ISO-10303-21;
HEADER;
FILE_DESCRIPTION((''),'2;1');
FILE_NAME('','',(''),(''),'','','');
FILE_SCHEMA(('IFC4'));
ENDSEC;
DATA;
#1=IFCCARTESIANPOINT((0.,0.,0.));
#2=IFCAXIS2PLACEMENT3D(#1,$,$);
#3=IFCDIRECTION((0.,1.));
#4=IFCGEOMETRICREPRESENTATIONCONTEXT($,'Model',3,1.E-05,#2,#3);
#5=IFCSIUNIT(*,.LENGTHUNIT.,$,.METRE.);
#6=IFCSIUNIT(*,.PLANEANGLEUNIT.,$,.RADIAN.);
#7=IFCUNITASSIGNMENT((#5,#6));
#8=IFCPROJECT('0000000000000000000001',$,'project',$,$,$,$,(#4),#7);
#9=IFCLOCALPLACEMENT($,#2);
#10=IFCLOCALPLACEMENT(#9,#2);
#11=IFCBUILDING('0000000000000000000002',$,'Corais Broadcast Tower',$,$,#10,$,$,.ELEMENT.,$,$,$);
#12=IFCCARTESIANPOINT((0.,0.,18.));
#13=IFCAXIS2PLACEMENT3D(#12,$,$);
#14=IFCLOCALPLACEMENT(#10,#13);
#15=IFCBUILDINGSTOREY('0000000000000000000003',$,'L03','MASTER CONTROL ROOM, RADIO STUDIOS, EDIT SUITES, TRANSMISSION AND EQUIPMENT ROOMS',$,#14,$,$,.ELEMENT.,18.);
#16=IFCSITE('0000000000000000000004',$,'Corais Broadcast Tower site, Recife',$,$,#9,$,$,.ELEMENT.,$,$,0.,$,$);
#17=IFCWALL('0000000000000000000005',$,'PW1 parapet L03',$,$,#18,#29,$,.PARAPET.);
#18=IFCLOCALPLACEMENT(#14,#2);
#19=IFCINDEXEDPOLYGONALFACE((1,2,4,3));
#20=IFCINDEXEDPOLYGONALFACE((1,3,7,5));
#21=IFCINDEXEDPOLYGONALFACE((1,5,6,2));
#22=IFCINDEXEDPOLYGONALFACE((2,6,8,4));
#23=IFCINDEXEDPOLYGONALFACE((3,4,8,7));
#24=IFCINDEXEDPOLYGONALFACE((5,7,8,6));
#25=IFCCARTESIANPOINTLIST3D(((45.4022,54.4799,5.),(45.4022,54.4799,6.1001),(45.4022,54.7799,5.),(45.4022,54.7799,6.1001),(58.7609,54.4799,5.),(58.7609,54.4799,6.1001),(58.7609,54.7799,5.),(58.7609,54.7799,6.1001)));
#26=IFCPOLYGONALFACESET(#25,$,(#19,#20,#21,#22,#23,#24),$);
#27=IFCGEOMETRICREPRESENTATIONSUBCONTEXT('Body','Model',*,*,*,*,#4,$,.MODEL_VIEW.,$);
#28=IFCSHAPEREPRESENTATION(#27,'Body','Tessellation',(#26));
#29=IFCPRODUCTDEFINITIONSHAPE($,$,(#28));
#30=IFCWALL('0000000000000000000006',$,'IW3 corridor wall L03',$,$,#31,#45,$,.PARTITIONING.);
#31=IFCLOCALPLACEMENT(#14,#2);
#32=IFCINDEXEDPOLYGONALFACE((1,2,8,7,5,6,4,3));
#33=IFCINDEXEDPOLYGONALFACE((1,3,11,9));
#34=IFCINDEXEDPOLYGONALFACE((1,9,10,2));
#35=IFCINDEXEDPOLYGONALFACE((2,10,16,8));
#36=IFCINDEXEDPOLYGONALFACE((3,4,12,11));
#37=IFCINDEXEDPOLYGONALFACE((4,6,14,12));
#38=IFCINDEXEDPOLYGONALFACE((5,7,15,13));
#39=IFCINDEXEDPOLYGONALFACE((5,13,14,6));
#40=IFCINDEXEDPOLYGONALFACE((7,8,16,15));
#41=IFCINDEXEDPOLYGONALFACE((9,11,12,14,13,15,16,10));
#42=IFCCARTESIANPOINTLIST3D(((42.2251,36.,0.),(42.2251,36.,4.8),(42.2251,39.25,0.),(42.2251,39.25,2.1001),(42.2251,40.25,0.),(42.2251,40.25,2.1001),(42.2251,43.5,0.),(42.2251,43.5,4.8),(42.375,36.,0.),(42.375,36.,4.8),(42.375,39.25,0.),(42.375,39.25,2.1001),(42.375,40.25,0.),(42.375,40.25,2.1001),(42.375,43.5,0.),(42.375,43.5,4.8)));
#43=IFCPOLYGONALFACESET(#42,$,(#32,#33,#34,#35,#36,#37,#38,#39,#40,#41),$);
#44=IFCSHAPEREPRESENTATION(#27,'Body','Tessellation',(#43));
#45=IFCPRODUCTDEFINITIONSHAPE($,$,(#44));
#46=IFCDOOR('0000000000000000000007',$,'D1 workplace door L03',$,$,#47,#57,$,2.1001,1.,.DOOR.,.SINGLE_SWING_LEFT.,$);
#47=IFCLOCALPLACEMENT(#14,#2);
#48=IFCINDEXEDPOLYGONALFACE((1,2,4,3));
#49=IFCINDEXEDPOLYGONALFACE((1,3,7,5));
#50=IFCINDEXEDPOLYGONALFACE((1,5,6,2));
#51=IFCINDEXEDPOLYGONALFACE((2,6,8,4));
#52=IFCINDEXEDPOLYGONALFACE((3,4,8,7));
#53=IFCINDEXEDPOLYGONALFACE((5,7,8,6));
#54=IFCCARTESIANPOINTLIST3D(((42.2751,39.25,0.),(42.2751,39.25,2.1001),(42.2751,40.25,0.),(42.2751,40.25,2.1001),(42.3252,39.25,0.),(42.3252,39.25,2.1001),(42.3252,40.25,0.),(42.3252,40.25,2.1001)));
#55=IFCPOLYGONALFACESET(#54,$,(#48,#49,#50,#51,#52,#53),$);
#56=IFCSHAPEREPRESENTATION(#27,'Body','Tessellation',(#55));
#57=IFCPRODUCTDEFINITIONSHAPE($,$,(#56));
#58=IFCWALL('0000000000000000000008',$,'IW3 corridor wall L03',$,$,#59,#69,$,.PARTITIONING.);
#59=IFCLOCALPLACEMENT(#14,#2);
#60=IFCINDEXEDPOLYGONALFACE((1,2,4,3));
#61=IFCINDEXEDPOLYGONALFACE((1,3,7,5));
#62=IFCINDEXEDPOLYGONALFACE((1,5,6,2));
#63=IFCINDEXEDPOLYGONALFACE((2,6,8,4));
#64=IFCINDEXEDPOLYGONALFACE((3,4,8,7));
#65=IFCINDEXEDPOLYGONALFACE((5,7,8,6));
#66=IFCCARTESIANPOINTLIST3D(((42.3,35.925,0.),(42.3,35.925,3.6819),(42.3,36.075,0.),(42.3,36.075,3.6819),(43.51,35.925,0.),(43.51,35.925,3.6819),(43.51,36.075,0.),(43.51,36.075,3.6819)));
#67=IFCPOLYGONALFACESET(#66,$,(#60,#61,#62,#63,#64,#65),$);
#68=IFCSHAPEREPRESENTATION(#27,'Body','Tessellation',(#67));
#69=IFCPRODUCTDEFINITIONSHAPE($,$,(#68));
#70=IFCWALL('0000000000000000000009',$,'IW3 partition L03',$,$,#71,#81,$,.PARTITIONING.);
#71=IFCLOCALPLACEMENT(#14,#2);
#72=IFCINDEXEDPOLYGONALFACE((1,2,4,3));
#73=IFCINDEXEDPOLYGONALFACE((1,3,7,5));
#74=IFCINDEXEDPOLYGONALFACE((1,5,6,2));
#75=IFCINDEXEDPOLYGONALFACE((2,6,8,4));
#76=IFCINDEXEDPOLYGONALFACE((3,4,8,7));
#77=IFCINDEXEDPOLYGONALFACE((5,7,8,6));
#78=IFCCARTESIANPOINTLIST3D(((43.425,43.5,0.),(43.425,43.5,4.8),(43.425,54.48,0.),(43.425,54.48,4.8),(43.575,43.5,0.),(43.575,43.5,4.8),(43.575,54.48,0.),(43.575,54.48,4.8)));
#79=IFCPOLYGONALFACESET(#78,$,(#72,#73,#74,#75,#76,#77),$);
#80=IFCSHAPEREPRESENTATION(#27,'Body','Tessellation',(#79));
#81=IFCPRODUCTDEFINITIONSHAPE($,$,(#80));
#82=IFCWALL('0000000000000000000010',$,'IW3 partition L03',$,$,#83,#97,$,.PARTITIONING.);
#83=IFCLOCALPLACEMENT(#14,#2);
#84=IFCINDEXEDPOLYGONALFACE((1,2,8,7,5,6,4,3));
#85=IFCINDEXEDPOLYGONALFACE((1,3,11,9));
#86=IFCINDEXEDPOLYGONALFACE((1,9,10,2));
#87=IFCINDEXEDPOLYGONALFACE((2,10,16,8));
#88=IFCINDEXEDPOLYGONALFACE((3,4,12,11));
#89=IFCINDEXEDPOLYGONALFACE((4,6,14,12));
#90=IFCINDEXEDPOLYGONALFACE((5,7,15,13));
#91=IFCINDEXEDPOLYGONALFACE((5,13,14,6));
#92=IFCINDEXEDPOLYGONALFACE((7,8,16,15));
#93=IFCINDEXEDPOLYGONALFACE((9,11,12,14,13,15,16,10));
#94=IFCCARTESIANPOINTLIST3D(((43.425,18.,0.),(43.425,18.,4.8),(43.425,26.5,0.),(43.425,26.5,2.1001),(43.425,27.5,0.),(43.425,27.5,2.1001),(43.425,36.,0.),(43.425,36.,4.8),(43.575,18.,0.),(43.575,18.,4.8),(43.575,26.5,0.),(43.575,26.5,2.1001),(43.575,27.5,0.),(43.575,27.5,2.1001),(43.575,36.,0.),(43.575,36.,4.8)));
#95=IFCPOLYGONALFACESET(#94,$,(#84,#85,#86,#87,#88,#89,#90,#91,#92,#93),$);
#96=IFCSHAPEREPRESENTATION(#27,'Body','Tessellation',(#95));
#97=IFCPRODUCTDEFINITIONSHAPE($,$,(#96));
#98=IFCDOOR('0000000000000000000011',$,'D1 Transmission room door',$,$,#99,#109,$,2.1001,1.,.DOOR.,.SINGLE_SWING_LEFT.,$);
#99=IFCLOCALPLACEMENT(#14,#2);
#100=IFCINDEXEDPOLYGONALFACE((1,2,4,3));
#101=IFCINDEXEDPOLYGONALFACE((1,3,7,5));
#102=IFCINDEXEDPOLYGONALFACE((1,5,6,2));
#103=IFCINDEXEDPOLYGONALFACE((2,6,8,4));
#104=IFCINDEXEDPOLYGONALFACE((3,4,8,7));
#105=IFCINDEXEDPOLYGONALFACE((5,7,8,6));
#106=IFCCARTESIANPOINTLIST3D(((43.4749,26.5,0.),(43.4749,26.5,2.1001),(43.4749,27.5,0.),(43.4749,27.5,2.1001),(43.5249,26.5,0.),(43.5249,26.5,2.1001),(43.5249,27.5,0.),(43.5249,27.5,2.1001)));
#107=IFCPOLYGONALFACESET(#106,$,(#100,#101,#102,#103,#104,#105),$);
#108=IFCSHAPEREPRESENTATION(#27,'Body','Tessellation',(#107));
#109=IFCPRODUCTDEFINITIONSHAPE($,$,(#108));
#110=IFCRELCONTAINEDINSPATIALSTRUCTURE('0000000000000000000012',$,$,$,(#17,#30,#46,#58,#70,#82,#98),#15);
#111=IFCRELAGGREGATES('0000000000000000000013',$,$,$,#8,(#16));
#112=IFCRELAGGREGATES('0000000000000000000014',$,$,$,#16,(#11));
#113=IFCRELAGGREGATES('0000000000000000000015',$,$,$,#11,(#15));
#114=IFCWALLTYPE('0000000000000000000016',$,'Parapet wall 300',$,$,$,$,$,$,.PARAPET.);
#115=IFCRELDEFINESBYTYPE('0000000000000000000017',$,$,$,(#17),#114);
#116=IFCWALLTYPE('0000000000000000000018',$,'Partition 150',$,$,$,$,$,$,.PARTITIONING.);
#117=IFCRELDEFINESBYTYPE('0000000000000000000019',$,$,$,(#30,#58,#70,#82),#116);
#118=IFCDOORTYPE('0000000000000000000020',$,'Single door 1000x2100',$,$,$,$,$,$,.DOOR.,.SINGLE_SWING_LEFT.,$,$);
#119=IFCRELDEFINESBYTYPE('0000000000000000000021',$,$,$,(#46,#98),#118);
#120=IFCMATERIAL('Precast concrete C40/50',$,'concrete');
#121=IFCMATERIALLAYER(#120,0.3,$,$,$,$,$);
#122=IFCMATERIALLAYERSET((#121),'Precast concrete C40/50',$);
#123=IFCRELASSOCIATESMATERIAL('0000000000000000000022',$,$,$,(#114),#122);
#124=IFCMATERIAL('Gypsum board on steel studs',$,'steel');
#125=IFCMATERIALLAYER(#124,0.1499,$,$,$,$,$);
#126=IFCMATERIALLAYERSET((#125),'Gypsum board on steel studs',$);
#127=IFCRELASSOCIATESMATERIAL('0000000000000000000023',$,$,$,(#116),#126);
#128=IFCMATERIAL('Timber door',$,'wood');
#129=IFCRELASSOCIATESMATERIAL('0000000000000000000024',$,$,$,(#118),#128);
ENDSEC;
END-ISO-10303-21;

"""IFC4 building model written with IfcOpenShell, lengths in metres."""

from ifc_helpers import new_model, si_unit, direction, frame, frame_2d, origin, place, context, subcontext, project, spatial, rectangle, extrude, material, layer, layer_set, type_object, element, fill, save


model = new_model("IFC4")

# Units and contexts
model_context = context("Model", 3, precision=1e-05, world=origin(), true_north=direction((0.0, 1.0)))
body_context = subcontext(model_context, "Body", "Model", "MODEL_VIEW")
ifc_project = project(units=[si_unit("LENGTHUNIT", "METRE"), si_unit("PLANEANGLEUNIT", "RADIAN")], contexts=[model_context])

# Site, building, storey
site_placement = place(None, origin())
site = spatial("IfcSite", under=ifc_project, at=site_placement, Name="Corais Broadcast Tower site, Recife", CompositionType="ELEMENT", RefElevation=0.0)
building_placement = place(site_placement, origin())
building = spatial("IfcBuilding", under=site, at=building_placement, Name="Corais Broadcast Tower", CompositionType="ELEMENT")
storey_placement = place(building_placement, frame((0.0, 0.0, 18.0)))
storey = spatial("IfcBuildingStorey", under=building, at=storey_placement, Name="L03", Description="MASTER CONTROL ROOM, RADIO STUDIOS, EDIT SUITES, TRANSMISSION AND EQUIPMENT ROOMS", CompositionType="ELEMENT", Elevation=18.0)

# Wall
ifc_material_1 = material(Name="Precast concrete C40/50", Category="concrete")
ifc_layer_1 = layer(ifc_material_1, 0.3)
ifc_layer_set_1 = layer_set([ifc_layer_1], Name="Precast concrete C40/50")
wall_type_1 = type_object("IfcWallType", Name="Parapet wall 300", PredefinedType="PARAPET", material=ifc_layer_set_1)
wall_1_placement = place(storey_placement, frame((45.4023, 54.6299, 5.0), z_axis=(0.0, 0.0, 1.0), x_axis=(1.0, 0.0, 0.0)))
element("IfcWall", 1, at=wall_1_placement, inside=storey, type_object=wall_type_1, Name="PW1 parapet L03", PredefinedType="PARAPET", context=body_context, shape_type="SweptSolid", body=[
    extrude(rectangle(XDim=13.3586, YDim=0.3, at=frame_2d((6.6792, 0.0))), origin(), (0.0, 0.0, 1.0), 1.1001),
])

# Wall, opening, door
ifc_material_2 = material(Name="Gypsum board on steel studs", Category="steel")
ifc_layer_2 = layer(ifc_material_2, 0.1499)
ifc_layer_set_2 = layer_set([ifc_layer_2], Name="Gypsum board on steel studs")
wall_type_2 = type_object("IfcWallType", Name="Partition 150", PredefinedType="PARTITIONING", material=ifc_layer_set_2)
wall_2_placement = place(storey_placement, frame((42.3, 36.0, 0.0), z_axis=(0.0, 0.0, 1.0), x_axis=(0.0, 1.0, 0.0)))
wall_2 = element("IfcWall", 2, at=wall_2_placement, inside=storey, type_object=wall_type_2, Name="IW3 corridor wall L03", PredefinedType="PARTITIONING", context=body_context, shape_type="SweptSolid", body=[
    extrude(rectangle(XDim=7.5, YDim=0.1499, at=frame_2d((3.75, 0.0))), origin(), (0.0, 0.0, 1.0), 4.8),
])
opening_1_placement = place(wall_2_placement, frame((3.25, 0.0, 0.0)))
opening_1 = element("IfcOpeningElement", 3, at=opening_1_placement, cuts=wall_2, PredefinedType="OPENING", context=body_context, shape_type="SweptSolid", body=[
    extrude(rectangle(XDim=1.0, YDim=2.1001, at=frame_2d((0.5, 1.05))), frame((0.0, 0.085, 0.0), z_axis=(0.0, -1.0, 0.0), x_axis=(1.0, 0.0, 0.0)), (0.0, 0.0, 1.0), 0.1699),
])
ifc_material_3 = material(Name="Timber door", Category="wood")
door_type = type_object("IfcDoorType", Name="Single door 1000x2100", OperationType="SINGLE_SWING_LEFT", PredefinedType="DOOR", material=ifc_material_3)
door_1_placement = place(opening_1_placement, origin())
door_1 = element("IfcDoor", 4, at=door_1_placement, inside=storey, type_object=door_type, Name="D1 workplace door L03", OperationType="SINGLE_SWING_LEFT", OverallHeight=2.1001, OverallWidth=1.0, PredefinedType="DOOR", context=body_context, shape_type="SweptSolid", body=[
    extrude(rectangle(XDim=1.0, YDim=2.1001, at=frame_2d((0.5, 1.05))), frame((0.0, 0.0249, 0.0), z_axis=(0.0, -1.0, 0.0), x_axis=(1.0, 0.0, 0.0)), (0.0, 0.0, 1.0), 0.05),
])
fill(opening_1, door_1)

# Walls
wall_3_placement = place(storey_placement, frame((43.51, 36.0, 0.0), z_axis=(0.0, 0.0, 1.0), x_axis=(-1.0, 0.0, 0.0)))
element("IfcWall", 5, at=wall_3_placement, inside=storey, type_object=wall_type_2, Name="IW3 corridor wall L03", PredefinedType="PARTITIONING", context=body_context, shape_type="SweptSolid", body=[
    extrude(rectangle(XDim=1.21, YDim=0.1499, at=frame_2d((0.605, 0.0))), origin(), (0.0, 0.0, 1.0), 3.6819),
])
wall_4_placement = place(storey_placement, frame((43.5, 43.5, 0.0), z_axis=(0.0, 0.0, 1.0), x_axis=(0.0, 1.0, 0.0)))
element("IfcWall", 6, at=wall_4_placement, inside=storey, type_object=wall_type_2, Name="IW3 partition L03", PredefinedType="PARTITIONING", context=body_context, shape_type="SweptSolid", body=[
    extrude(rectangle(XDim=10.98, YDim=0.1499, at=frame_2d((5.49, 0.0))), origin(), (0.0, 0.0, 1.0), 4.8),
])

# Wall, opening, door
wall_5_placement = place(storey_placement, frame((43.5, 36.0, 0.0), z_axis=(0.0, 0.0, 1.0), x_axis=(0.0, -1.0, 0.0)))
wall_5 = element("IfcWall", 7, at=wall_5_placement, inside=storey, type_object=wall_type_2, Name="IW3 partition L03", PredefinedType="PARTITIONING", context=body_context, shape_type="SweptSolid", body=[
    extrude(rectangle(XDim=18.0, YDim=0.1499, at=frame_2d((9.0, 0.0))), origin(), (0.0, 0.0, 1.0), 4.8),
])
opening_2_placement = place(wall_5_placement, frame((8.5, 0.0, 0.0)))
opening_2 = element("IfcOpeningElement", 8, at=opening_2_placement, cuts=wall_5, PredefinedType="OPENING", context=body_context, shape_type="SweptSolid", body=[
    extrude(rectangle(XDim=1.0, YDim=2.1001, at=frame_2d((0.5, 1.05))), frame((0.0, 0.085, 0.0), z_axis=(0.0, -1.0, 0.0), x_axis=(1.0, 0.0, 0.0)), (0.0, 0.0, 1.0), 0.1699),
])
door_2_placement = place(opening_2_placement, origin())
door_2 = element("IfcDoor", 9, at=door_2_placement, inside=storey, type_object=door_type, Name="D1 Transmission room door", OperationType="SINGLE_SWING_LEFT", OverallHeight=2.1001, OverallWidth=1.0, PredefinedType="DOOR", context=body_context, shape_type="SweptSolid", body=[
    extrude(rectangle(XDim=1.0, YDim=2.1001, at=frame_2d((0.5, 1.05))), frame((0.0, 0.0249, 0.0), z_axis=(0.0, -1.0, 0.0), x_axis=(1.0, 0.0, 0.0)), (0.0, 0.0, 1.0), 0.05),
])
fill(opening_2, door_2)

save(model, "model.ifc")
